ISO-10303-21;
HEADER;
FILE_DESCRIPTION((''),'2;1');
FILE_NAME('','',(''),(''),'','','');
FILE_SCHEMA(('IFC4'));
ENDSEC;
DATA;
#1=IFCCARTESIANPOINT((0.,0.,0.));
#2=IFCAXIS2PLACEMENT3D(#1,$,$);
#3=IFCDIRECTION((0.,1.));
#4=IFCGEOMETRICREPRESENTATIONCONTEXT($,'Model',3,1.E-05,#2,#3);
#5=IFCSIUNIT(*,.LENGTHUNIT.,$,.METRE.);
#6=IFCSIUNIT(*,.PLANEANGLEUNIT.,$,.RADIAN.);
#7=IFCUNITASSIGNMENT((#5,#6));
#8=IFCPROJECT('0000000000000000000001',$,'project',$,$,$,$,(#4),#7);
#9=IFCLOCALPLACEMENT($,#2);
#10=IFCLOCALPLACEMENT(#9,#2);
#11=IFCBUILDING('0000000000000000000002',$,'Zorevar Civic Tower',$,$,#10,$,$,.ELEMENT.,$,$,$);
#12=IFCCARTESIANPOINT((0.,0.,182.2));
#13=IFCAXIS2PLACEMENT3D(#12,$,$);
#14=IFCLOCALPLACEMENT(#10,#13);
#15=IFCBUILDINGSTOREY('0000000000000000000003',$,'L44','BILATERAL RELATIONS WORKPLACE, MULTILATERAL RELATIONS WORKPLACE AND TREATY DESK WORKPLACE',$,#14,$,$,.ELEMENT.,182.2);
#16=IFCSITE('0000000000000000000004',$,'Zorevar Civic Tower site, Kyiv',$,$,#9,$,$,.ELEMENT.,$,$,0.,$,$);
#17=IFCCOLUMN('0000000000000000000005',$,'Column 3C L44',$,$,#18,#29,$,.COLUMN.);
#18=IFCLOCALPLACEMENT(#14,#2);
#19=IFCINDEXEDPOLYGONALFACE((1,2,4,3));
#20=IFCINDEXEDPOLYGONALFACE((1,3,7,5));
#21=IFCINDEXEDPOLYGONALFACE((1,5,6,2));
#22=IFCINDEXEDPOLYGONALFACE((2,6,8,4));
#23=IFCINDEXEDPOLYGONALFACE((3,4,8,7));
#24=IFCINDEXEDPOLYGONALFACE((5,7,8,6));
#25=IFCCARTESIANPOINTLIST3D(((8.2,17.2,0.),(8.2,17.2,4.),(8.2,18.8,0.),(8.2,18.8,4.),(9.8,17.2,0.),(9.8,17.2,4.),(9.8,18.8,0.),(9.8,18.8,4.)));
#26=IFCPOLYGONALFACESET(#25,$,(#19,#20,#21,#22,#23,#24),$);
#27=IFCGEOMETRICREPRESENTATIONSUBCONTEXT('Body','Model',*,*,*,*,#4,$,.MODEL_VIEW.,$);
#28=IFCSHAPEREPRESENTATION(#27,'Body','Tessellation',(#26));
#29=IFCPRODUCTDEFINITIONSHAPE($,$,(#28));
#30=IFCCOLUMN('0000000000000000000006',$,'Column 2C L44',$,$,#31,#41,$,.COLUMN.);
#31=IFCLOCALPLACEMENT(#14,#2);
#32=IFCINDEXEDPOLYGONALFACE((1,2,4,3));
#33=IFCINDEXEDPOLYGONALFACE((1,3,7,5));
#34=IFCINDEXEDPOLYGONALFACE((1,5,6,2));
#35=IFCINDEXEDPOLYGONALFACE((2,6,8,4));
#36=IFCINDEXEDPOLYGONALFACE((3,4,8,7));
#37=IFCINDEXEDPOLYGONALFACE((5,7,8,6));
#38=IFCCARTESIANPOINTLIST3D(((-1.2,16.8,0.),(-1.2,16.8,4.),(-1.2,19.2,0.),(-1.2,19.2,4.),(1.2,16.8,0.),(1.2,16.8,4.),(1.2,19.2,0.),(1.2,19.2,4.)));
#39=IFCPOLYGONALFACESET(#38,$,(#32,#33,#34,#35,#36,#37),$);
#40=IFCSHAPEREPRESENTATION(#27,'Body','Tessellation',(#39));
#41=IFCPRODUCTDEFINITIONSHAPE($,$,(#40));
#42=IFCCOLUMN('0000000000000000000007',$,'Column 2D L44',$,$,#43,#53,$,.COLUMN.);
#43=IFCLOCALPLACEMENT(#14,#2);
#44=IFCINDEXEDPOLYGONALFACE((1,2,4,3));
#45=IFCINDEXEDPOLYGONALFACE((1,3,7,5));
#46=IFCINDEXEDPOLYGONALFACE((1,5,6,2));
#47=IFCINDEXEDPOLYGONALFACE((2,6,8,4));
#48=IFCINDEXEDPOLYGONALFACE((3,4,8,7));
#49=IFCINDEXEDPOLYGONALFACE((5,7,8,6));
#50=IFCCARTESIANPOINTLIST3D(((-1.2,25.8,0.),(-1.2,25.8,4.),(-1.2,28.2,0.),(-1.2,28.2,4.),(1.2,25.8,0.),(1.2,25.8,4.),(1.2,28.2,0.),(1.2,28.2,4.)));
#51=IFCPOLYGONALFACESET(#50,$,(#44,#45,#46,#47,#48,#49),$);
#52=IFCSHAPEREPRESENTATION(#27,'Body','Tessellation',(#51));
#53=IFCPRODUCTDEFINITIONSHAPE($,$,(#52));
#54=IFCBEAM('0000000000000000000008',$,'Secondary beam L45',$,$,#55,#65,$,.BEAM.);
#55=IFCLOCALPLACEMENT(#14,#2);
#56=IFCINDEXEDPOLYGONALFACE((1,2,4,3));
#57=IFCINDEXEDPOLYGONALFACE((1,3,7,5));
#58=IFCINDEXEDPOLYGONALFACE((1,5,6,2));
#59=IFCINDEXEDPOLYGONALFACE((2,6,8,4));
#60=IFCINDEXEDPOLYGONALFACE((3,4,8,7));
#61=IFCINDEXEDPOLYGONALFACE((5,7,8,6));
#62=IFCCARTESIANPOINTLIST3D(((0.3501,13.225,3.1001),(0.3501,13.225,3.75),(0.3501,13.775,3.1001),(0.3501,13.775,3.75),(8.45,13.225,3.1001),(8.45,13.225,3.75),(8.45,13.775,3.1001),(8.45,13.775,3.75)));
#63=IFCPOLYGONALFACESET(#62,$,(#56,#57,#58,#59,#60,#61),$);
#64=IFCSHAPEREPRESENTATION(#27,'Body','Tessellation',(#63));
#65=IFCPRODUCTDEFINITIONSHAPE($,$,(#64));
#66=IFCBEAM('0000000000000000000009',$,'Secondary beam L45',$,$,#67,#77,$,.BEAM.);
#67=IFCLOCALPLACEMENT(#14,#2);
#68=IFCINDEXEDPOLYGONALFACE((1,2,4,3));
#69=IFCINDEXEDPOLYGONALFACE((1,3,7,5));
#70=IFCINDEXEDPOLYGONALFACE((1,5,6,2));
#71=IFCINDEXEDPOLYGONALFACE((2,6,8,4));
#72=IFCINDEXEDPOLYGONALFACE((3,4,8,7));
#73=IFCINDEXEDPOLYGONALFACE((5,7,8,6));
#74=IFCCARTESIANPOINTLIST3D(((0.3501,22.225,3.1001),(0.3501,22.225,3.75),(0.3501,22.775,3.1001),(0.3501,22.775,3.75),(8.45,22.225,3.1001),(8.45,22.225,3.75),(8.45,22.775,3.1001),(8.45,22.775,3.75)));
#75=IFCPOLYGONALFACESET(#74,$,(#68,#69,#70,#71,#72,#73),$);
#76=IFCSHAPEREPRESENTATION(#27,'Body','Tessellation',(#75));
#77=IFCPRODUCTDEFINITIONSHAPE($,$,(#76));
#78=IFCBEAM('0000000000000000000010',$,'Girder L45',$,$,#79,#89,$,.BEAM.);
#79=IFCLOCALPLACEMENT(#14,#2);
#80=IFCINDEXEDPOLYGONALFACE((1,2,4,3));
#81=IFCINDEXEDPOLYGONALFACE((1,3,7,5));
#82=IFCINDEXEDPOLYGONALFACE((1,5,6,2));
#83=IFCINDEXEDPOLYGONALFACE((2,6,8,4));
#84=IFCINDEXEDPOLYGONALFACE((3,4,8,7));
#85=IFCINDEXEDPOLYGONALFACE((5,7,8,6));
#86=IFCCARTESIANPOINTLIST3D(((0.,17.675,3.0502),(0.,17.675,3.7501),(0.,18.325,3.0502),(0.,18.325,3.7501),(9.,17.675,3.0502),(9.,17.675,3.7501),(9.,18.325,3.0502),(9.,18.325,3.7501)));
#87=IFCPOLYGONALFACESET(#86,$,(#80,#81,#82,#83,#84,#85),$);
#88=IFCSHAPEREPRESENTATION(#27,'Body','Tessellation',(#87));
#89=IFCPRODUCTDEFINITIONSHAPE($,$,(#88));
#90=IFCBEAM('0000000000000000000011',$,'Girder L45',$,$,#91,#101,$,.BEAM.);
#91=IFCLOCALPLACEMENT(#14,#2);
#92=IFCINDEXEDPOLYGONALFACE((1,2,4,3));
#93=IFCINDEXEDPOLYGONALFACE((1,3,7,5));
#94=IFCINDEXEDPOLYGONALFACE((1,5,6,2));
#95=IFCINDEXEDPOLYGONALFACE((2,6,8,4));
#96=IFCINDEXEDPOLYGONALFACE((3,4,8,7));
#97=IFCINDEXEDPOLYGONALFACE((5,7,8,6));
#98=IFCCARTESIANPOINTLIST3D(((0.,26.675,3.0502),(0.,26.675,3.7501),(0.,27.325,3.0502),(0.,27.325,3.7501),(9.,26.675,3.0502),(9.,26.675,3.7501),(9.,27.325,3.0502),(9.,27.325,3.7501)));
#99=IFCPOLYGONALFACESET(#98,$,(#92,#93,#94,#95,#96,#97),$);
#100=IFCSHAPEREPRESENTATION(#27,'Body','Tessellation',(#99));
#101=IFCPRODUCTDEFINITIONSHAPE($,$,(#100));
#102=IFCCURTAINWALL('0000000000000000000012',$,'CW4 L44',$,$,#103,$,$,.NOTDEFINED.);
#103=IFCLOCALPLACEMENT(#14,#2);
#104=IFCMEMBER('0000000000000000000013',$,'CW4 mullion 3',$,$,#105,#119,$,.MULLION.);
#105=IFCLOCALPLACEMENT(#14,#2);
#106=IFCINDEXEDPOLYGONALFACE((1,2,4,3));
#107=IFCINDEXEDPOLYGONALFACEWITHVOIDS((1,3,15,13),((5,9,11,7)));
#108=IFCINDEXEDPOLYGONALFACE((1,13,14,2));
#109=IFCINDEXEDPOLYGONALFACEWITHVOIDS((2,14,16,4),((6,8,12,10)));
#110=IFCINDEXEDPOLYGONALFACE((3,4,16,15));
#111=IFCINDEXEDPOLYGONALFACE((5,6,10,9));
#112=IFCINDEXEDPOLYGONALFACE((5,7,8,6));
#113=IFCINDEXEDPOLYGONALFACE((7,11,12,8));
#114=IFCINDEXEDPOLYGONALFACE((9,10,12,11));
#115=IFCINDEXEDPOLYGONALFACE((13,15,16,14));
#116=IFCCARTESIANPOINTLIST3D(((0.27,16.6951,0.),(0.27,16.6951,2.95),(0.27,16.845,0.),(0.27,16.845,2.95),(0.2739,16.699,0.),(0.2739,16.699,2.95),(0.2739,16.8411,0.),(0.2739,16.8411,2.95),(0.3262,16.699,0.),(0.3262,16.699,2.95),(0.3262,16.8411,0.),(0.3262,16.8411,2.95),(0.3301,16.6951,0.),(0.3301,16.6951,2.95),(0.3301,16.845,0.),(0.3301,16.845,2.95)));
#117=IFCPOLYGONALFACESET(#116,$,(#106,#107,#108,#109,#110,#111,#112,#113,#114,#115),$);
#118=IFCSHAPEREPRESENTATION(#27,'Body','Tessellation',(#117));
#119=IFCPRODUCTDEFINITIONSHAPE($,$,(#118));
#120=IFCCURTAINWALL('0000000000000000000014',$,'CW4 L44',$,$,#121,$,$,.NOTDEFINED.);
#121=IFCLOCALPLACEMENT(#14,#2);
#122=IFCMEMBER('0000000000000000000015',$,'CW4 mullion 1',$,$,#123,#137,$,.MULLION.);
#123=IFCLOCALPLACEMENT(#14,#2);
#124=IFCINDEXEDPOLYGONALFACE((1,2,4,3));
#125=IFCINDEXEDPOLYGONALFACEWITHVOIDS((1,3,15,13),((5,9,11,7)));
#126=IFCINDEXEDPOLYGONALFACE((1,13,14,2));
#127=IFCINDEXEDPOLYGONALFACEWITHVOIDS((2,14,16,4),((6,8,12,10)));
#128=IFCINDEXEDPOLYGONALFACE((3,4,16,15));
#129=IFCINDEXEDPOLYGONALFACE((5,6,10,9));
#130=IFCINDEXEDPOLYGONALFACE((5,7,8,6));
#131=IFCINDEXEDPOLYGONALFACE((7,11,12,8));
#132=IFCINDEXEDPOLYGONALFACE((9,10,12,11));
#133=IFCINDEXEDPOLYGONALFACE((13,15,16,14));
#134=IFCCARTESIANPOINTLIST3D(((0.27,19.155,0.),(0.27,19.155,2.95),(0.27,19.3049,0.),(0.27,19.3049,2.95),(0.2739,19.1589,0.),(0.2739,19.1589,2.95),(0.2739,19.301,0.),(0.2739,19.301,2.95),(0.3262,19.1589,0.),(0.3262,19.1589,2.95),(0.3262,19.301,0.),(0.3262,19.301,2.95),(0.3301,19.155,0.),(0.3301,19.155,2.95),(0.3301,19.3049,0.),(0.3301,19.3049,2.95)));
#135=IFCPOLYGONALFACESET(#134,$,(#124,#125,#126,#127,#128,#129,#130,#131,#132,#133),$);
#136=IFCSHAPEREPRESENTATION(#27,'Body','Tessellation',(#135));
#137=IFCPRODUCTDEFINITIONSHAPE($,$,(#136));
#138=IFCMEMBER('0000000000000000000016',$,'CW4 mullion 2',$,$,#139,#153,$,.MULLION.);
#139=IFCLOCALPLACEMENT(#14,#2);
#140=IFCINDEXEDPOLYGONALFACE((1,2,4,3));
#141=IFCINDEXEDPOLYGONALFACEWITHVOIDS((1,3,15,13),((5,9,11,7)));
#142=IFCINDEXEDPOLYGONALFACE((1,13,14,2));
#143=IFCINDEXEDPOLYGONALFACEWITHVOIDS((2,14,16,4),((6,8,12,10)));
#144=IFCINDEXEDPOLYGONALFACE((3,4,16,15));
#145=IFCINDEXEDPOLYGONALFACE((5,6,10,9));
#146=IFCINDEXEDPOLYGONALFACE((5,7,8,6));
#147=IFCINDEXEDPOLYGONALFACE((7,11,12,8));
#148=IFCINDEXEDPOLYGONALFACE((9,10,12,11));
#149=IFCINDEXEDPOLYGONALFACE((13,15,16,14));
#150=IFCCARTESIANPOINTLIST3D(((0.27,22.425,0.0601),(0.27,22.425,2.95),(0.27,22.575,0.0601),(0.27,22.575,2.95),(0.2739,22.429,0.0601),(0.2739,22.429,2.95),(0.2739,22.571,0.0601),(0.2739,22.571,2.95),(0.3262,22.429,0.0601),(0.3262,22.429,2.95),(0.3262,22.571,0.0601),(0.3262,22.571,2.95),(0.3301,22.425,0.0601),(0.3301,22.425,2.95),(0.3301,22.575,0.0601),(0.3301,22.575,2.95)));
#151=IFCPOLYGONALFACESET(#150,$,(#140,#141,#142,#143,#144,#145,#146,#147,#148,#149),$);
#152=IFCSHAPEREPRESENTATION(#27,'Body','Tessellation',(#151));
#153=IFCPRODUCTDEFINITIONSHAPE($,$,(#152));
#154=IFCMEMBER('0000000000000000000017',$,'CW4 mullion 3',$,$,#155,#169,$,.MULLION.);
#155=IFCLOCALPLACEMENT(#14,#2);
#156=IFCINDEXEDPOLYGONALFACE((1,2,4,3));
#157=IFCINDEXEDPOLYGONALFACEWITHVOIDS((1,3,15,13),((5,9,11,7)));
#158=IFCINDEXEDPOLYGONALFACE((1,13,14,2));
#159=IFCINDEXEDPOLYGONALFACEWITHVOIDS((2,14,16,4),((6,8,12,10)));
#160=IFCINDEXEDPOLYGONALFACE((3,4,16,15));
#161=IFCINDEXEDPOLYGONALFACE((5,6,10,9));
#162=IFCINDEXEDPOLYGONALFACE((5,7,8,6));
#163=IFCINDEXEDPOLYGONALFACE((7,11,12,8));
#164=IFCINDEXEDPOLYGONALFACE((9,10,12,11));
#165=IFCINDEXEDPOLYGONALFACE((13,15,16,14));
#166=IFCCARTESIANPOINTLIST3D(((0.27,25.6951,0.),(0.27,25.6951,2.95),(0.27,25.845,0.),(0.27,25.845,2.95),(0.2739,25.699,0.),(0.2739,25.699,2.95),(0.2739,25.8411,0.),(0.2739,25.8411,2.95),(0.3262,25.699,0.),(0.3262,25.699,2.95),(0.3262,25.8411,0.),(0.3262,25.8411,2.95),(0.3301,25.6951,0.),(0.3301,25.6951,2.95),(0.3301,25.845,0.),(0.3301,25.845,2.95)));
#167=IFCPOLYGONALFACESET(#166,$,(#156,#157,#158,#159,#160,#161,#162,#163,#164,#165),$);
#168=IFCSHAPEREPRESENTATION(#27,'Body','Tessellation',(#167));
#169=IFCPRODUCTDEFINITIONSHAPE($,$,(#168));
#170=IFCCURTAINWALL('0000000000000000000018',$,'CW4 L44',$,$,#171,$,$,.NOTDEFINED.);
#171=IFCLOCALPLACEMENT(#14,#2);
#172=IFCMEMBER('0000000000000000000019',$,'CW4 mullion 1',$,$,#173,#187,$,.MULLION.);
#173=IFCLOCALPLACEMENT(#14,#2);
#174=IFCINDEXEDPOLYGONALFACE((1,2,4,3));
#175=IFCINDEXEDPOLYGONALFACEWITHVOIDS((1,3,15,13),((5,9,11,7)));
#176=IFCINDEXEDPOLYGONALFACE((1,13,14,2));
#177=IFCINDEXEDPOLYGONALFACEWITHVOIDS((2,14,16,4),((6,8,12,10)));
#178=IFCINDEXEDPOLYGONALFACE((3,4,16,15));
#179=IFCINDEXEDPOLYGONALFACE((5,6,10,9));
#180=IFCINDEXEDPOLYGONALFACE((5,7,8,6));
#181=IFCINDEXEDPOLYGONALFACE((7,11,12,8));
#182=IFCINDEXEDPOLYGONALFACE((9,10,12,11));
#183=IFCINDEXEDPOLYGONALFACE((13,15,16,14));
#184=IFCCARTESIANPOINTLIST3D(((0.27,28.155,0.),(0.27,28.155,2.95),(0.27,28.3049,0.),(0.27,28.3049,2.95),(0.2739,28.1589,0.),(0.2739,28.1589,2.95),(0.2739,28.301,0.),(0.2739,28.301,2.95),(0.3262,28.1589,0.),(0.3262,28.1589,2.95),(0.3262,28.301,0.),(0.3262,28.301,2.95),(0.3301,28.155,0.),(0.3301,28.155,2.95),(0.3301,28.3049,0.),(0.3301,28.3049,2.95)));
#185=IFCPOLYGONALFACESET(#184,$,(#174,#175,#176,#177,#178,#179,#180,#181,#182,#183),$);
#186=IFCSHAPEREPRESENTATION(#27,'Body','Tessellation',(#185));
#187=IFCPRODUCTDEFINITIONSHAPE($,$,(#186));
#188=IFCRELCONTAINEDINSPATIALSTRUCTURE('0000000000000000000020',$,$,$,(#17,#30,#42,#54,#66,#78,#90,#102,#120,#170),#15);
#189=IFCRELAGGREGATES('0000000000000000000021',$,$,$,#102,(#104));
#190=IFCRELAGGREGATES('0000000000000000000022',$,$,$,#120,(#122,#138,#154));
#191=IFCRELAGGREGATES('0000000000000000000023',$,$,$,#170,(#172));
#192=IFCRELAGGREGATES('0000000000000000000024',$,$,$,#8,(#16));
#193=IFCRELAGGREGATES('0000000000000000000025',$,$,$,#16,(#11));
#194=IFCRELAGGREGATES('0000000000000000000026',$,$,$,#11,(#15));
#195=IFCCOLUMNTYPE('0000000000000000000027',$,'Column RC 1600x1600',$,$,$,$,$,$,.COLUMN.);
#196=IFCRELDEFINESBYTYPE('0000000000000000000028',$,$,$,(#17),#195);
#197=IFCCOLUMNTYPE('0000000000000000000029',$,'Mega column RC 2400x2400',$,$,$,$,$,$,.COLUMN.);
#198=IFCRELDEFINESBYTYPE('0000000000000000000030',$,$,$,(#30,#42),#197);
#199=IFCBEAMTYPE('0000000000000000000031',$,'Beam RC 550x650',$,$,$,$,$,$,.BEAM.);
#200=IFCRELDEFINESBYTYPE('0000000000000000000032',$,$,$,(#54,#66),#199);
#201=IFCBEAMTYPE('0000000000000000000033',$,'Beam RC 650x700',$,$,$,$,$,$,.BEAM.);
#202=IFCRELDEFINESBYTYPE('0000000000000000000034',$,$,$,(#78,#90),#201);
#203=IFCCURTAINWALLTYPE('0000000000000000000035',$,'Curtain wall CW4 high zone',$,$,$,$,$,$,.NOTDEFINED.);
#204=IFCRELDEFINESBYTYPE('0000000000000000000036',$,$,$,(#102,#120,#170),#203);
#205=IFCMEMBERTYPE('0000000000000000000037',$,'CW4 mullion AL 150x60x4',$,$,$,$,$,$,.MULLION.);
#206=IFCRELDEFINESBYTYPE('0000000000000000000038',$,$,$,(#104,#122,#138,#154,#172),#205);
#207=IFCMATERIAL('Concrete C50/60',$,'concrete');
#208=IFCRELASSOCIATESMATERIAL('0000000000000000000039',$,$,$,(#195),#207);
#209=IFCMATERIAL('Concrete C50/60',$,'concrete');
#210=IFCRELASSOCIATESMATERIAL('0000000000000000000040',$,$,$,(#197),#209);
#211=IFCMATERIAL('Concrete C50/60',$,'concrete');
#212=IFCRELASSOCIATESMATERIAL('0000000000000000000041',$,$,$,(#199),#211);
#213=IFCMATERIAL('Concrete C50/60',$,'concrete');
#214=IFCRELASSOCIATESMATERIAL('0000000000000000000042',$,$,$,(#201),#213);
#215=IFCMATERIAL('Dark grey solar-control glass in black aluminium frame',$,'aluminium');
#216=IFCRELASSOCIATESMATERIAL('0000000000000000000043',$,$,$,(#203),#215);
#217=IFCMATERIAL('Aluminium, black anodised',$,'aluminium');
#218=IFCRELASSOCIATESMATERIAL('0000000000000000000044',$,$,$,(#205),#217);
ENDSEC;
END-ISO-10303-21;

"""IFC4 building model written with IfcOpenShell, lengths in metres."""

from ifc_helpers import new_model, si_unit, direction, frame, origin, origin_2d, place, context, subcontext, project, spatial, rectangle, hollow_rectangle, extrude, material, material_profile, profile_set, type_object, element, aggregate, save


model = new_model("IFC4")

# Units and contexts
model_context = context("Model", 3, precision=1e-05, world=origin(), true_north=direction((0.0, 1.0)))
body_context = subcontext(model_context, "Body", "Model", "MODEL_VIEW")
ifc_project = project(units=[si_unit("LENGTHUNIT", "METRE"), si_unit("PLANEANGLEUNIT", "RADIAN")], contexts=[model_context])

# Site, building, storey
site_placement = place(None, origin())
site = spatial("IfcSite", under=ifc_project, at=site_placement, Name="Zorevar Civic Tower site, Kyiv", CompositionType="ELEMENT", RefElevation=0.0)
building_placement = place(site_placement, origin())
building = spatial("IfcBuilding", under=site, at=building_placement, Name="Zorevar Civic Tower", CompositionType="ELEMENT")
storey_placement = place(building_placement, frame((0.0, 0.0, 182.2)))
storey = spatial("IfcBuildingStorey", under=building, at=storey_placement, Name="L44", Description="BILATERAL RELATIONS WORKPLACE, MULTILATERAL RELATIONS WORKPLACE AND TREATY DESK WORKPLACE", CompositionType="ELEMENT", Elevation=182.2)

# Columns
ifc_material_1 = material(Name="Concrete C50/60", Category="concrete")
ifc_material_profile_1 = material_profile(ifc_material_1, rectangle(XDim=1.6001, YDim=1.6001, at=origin_2d()), Name="RC 1600x1600")
ifc_profile_set_1 = profile_set([ifc_material_profile_1], Name="Concrete C50/60")
column_type_1 = type_object("IfcColumnType", Name="Column RC 1600x1600", PredefinedType="COLUMN", material=ifc_profile_set_1)
column_placement = place(storey_placement, frame((9.0, 18.0, 0.0), z_axis=(0.0, 0.0, 1.0), x_axis=(1.0, 0.0, 0.0)))
element("IfcColumn", 1, at=column_placement, inside=storey, type_object=column_type_1, Name="Column 3C L44", PredefinedType="COLUMN", context=body_context, shape_type="SweptSolid", body=[
    extrude(rectangle(XDim=1.6001, YDim=1.6001, at=origin_2d()), origin(), (0.0, 0.0, 1.0), 4.0),
])
ifc_material_2 = material(Name="Concrete C50/60", Category="concrete")
ifc_material_profile_2 = material_profile(ifc_material_2, rectangle(XDim=2.3999, YDim=2.3999, at=origin_2d()), Name="RC 2400x2400")
ifc_profile_set_2 = profile_set([ifc_material_profile_2], Name="Concrete C50/60")
column_type_2 = type_object("IfcColumnType", Name="Mega column RC 2400x2400", PredefinedType="COLUMN", material=ifc_profile_set_2)
for number, where, z_axis, x_axis, name in (
    (2, (0.0, 18.0, 0.0), (0.0, 0.0, 1.0), (1.0, 0.0, 0.0), "Column 2C L44"),
    (3, (0.0, 27.0, 0.0), (0.0, 0.0, 1.0), (1.0, 0.0, 0.0), "Column 2D L44"),
):
    element("IfcColumn", number, at=place(storey_placement, frame(where, z_axis=z_axis, x_axis=x_axis)), inside=storey, type_object=column_type_2, Name=name, PredefinedType="COLUMN", context=body_context, shape_type="SweptSolid", body=[
        extrude(rectangle(XDim=2.3999, YDim=2.3999, at=origin_2d()), origin(), (0.0, 0.0, 1.0), 4.0),
    ])

# Beams
ifc_material_3 = material(Name="Concrete C50/60", Category="concrete")
ifc_material_profile_3 = material_profile(ifc_material_3, rectangle(XDim=0.55, YDim=0.6499, at=origin_2d()), Name="RC 550x650")
ifc_profile_set_3 = profile_set([ifc_material_profile_3], Name="Concrete C50/60")
beam_type_1 = type_object("IfcBeamType", Name="Beam RC 550x650", PredefinedType="BEAM", material=ifc_profile_set_3)
for number, where, z_axis, x_axis, name in (
    (4, (0.3501, 13.5, 3.425), (1.0, 0.0, 0.0), (0.0, 1.0, 0.0), "Secondary beam L45"),
    (5, (0.3501, 22.5, 3.425), (1.0, 0.0, 0.0), (0.0, 1.0, 0.0), "Secondary beam L45"),
):
    element("IfcBeam", number, at=place(storey_placement, frame(where, z_axis=z_axis, x_axis=x_axis)), inside=storey, type_object=beam_type_1, Name=name, PredefinedType="BEAM", context=body_context, shape_type="SweptSolid", body=[
        extrude(rectangle(XDim=0.55, YDim=0.6499, at=origin_2d()), origin(), (0.0, 0.0, 1.0), 8.0999),
    ])
ifc_material_4 = material(Name="Concrete C50/60", Category="concrete")
ifc_material_profile_4 = material_profile(ifc_material_4, rectangle(XDim=0.6499, YDim=0.7, at=origin_2d()), Name="RC 650x700")
ifc_profile_set_4 = profile_set([ifc_material_profile_4], Name="Concrete C50/60")
beam_type_2 = type_object("IfcBeamType", Name="Beam RC 650x700", PredefinedType="BEAM", material=ifc_profile_set_4)
for number, where, z_axis, x_axis, name in (
    (6, (0.0, 18.0, 3.4001), (1.0, 0.0, 0.0), (0.0, 1.0, 0.0), "Girder L45"),
    (7, (0.0, 27.0, 3.4001), (1.0, 0.0, 0.0), (0.0, 1.0, 0.0), "Girder L45"),
):
    element("IfcBeam", number, at=place(storey_placement, frame(where, z_axis=z_axis, x_axis=x_axis)), inside=storey, type_object=beam_type_2, Name=name, PredefinedType="BEAM", context=body_context, shape_type="SweptSolid", body=[
        extrude(rectangle(XDim=0.6499, YDim=0.7, at=origin_2d()), origin(), (0.0, 0.0, 1.0), 9.0),
    ])

# Curtain wall, member
ifc_material_5 = material(Name="Dark grey solar-control glass in black aluminium frame", Category="aluminium")
curtain_wall_type = type_object("IfcCurtainWallType", Name="Curtain wall CW4 high zone", PredefinedType="NOTDEFINED", material=ifc_material_5)
curtain_wall_1_placement = place(storey_placement, origin())
curtain_wall_1 = element("IfcCurtainWall", 8, at=curtain_wall_1_placement, inside=storey, type_object=curtain_wall_type, Name="CW4 L44", PredefinedType="NOTDEFINED")
ifc_material_6 = material(Name="Aluminium, black anodised", Category="aluminium")
ifc_material_profile_5 = material_profile(ifc_material_6, hollow_rectangle(XDim=0.0601, YDim=0.1499, WallThickness=0.0039, at=origin_2d()), Name="AL 150x60x4")
ifc_profile_set_5 = profile_set([ifc_material_profile_5], Name="Aluminium, black anodised")
member_type_1 = type_object("IfcMemberType", Name="CW4 mullion AL 150x60x4", PredefinedType="MULLION", material=ifc_profile_set_5)
member_1_placement = place(storey_placement, frame((0.3, 16.77, 0.0), z_axis=(0.0, 0.0, 1.0), x_axis=(-1.0, 0.0, 0.0)))
member_1 = element("IfcMember", 9, at=member_1_placement, type_object=member_type_1, Name="CW4 mullion 3", PredefinedType="MULLION", context=body_context, shape_type="SweptSolid", body=[
    extrude(hollow_rectangle(XDim=0.0601, YDim=0.1499, WallThickness=0.0039, at=origin_2d()), origin(), (0.0, 0.0, 1.0), 2.95),
])

# Curtain wall, members
curtain_wall_2_placement = place(storey_placement, origin())
curtain_wall_2 = element("IfcCurtainWall", 10, at=curtain_wall_2_placement, inside=storey, type_object=curtain_wall_type, Name="CW4 L44", PredefinedType="NOTDEFINED")
member_2_placement = place(storey_placement, frame((0.3, 19.23, 0.0), z_axis=(0.0, 0.0, 1.0), x_axis=(-1.0, 0.0, 0.0)))
member_2 = element("IfcMember", 11, at=member_2_placement, type_object=member_type_1, Name="CW4 mullion 1", PredefinedType="MULLION", context=body_context, shape_type="SweptSolid", body=[
    extrude(hollow_rectangle(XDim=0.0601, YDim=0.1499, WallThickness=0.0039, at=origin_2d()), origin(), (0.0, 0.0, 1.0), 2.95),
])
member_3_placement = place(storey_placement, frame((0.3, 22.5, 0.0601), z_axis=(0.0, 0.0, 1.0), x_axis=(-1.0, 0.0, 0.0)))
member_3 = element("IfcMember", 12, at=member_3_placement, type_object=member_type_1, Name="CW4 mullion 2", PredefinedType="MULLION", context=body_context, shape_type="SweptSolid", body=[
    extrude(hollow_rectangle(XDim=0.0601, YDim=0.1499, WallThickness=0.0039, at=origin_2d()), origin(), (0.0, 0.0, 1.0), 2.8899),
])
member_4_placement = place(storey_placement, frame((0.3, 25.77, 0.0), z_axis=(0.0, 0.0, 1.0), x_axis=(-1.0, 0.0, 0.0)))
member_4 = element("IfcMember", 13, at=member_4_placement, type_object=member_type_1, Name="CW4 mullion 3", PredefinedType="MULLION", context=body_context, shape_type="SweptSolid", body=[
    extrude(hollow_rectangle(XDim=0.0601, YDim=0.1499, WallThickness=0.0039, at=origin_2d()), origin(), (0.0, 0.0, 1.0), 2.95),
])

# Curtain wall, member
curtain_wall_3_placement = place(storey_placement, origin())
curtain_wall_3 = element("IfcCurtainWall", 14, at=curtain_wall_3_placement, inside=storey, type_object=curtain_wall_type, Name="CW4 L44", PredefinedType="NOTDEFINED")
member_5_placement = place(storey_placement, frame((0.3, 28.23, 0.0), z_axis=(0.0, 0.0, 1.0), x_axis=(-1.0, 0.0, 0.0)))
member_5 = element("IfcMember", 15, at=member_5_placement, type_object=member_type_1, Name="CW4 mullion 1", PredefinedType="MULLION", context=body_context, shape_type="SweptSolid", body=[
    extrude(hollow_rectangle(XDim=0.0601, YDim=0.1499, WallThickness=0.0039, at=origin_2d()), origin(), (0.0, 0.0, 1.0), 2.95),
])

aggregate(curtain_wall_1, [member_1])
aggregate(curtain_wall_2, [member_2, member_3, member_4])
aggregate(curtain_wall_3, [member_5])

save(model, "model.ifc")
